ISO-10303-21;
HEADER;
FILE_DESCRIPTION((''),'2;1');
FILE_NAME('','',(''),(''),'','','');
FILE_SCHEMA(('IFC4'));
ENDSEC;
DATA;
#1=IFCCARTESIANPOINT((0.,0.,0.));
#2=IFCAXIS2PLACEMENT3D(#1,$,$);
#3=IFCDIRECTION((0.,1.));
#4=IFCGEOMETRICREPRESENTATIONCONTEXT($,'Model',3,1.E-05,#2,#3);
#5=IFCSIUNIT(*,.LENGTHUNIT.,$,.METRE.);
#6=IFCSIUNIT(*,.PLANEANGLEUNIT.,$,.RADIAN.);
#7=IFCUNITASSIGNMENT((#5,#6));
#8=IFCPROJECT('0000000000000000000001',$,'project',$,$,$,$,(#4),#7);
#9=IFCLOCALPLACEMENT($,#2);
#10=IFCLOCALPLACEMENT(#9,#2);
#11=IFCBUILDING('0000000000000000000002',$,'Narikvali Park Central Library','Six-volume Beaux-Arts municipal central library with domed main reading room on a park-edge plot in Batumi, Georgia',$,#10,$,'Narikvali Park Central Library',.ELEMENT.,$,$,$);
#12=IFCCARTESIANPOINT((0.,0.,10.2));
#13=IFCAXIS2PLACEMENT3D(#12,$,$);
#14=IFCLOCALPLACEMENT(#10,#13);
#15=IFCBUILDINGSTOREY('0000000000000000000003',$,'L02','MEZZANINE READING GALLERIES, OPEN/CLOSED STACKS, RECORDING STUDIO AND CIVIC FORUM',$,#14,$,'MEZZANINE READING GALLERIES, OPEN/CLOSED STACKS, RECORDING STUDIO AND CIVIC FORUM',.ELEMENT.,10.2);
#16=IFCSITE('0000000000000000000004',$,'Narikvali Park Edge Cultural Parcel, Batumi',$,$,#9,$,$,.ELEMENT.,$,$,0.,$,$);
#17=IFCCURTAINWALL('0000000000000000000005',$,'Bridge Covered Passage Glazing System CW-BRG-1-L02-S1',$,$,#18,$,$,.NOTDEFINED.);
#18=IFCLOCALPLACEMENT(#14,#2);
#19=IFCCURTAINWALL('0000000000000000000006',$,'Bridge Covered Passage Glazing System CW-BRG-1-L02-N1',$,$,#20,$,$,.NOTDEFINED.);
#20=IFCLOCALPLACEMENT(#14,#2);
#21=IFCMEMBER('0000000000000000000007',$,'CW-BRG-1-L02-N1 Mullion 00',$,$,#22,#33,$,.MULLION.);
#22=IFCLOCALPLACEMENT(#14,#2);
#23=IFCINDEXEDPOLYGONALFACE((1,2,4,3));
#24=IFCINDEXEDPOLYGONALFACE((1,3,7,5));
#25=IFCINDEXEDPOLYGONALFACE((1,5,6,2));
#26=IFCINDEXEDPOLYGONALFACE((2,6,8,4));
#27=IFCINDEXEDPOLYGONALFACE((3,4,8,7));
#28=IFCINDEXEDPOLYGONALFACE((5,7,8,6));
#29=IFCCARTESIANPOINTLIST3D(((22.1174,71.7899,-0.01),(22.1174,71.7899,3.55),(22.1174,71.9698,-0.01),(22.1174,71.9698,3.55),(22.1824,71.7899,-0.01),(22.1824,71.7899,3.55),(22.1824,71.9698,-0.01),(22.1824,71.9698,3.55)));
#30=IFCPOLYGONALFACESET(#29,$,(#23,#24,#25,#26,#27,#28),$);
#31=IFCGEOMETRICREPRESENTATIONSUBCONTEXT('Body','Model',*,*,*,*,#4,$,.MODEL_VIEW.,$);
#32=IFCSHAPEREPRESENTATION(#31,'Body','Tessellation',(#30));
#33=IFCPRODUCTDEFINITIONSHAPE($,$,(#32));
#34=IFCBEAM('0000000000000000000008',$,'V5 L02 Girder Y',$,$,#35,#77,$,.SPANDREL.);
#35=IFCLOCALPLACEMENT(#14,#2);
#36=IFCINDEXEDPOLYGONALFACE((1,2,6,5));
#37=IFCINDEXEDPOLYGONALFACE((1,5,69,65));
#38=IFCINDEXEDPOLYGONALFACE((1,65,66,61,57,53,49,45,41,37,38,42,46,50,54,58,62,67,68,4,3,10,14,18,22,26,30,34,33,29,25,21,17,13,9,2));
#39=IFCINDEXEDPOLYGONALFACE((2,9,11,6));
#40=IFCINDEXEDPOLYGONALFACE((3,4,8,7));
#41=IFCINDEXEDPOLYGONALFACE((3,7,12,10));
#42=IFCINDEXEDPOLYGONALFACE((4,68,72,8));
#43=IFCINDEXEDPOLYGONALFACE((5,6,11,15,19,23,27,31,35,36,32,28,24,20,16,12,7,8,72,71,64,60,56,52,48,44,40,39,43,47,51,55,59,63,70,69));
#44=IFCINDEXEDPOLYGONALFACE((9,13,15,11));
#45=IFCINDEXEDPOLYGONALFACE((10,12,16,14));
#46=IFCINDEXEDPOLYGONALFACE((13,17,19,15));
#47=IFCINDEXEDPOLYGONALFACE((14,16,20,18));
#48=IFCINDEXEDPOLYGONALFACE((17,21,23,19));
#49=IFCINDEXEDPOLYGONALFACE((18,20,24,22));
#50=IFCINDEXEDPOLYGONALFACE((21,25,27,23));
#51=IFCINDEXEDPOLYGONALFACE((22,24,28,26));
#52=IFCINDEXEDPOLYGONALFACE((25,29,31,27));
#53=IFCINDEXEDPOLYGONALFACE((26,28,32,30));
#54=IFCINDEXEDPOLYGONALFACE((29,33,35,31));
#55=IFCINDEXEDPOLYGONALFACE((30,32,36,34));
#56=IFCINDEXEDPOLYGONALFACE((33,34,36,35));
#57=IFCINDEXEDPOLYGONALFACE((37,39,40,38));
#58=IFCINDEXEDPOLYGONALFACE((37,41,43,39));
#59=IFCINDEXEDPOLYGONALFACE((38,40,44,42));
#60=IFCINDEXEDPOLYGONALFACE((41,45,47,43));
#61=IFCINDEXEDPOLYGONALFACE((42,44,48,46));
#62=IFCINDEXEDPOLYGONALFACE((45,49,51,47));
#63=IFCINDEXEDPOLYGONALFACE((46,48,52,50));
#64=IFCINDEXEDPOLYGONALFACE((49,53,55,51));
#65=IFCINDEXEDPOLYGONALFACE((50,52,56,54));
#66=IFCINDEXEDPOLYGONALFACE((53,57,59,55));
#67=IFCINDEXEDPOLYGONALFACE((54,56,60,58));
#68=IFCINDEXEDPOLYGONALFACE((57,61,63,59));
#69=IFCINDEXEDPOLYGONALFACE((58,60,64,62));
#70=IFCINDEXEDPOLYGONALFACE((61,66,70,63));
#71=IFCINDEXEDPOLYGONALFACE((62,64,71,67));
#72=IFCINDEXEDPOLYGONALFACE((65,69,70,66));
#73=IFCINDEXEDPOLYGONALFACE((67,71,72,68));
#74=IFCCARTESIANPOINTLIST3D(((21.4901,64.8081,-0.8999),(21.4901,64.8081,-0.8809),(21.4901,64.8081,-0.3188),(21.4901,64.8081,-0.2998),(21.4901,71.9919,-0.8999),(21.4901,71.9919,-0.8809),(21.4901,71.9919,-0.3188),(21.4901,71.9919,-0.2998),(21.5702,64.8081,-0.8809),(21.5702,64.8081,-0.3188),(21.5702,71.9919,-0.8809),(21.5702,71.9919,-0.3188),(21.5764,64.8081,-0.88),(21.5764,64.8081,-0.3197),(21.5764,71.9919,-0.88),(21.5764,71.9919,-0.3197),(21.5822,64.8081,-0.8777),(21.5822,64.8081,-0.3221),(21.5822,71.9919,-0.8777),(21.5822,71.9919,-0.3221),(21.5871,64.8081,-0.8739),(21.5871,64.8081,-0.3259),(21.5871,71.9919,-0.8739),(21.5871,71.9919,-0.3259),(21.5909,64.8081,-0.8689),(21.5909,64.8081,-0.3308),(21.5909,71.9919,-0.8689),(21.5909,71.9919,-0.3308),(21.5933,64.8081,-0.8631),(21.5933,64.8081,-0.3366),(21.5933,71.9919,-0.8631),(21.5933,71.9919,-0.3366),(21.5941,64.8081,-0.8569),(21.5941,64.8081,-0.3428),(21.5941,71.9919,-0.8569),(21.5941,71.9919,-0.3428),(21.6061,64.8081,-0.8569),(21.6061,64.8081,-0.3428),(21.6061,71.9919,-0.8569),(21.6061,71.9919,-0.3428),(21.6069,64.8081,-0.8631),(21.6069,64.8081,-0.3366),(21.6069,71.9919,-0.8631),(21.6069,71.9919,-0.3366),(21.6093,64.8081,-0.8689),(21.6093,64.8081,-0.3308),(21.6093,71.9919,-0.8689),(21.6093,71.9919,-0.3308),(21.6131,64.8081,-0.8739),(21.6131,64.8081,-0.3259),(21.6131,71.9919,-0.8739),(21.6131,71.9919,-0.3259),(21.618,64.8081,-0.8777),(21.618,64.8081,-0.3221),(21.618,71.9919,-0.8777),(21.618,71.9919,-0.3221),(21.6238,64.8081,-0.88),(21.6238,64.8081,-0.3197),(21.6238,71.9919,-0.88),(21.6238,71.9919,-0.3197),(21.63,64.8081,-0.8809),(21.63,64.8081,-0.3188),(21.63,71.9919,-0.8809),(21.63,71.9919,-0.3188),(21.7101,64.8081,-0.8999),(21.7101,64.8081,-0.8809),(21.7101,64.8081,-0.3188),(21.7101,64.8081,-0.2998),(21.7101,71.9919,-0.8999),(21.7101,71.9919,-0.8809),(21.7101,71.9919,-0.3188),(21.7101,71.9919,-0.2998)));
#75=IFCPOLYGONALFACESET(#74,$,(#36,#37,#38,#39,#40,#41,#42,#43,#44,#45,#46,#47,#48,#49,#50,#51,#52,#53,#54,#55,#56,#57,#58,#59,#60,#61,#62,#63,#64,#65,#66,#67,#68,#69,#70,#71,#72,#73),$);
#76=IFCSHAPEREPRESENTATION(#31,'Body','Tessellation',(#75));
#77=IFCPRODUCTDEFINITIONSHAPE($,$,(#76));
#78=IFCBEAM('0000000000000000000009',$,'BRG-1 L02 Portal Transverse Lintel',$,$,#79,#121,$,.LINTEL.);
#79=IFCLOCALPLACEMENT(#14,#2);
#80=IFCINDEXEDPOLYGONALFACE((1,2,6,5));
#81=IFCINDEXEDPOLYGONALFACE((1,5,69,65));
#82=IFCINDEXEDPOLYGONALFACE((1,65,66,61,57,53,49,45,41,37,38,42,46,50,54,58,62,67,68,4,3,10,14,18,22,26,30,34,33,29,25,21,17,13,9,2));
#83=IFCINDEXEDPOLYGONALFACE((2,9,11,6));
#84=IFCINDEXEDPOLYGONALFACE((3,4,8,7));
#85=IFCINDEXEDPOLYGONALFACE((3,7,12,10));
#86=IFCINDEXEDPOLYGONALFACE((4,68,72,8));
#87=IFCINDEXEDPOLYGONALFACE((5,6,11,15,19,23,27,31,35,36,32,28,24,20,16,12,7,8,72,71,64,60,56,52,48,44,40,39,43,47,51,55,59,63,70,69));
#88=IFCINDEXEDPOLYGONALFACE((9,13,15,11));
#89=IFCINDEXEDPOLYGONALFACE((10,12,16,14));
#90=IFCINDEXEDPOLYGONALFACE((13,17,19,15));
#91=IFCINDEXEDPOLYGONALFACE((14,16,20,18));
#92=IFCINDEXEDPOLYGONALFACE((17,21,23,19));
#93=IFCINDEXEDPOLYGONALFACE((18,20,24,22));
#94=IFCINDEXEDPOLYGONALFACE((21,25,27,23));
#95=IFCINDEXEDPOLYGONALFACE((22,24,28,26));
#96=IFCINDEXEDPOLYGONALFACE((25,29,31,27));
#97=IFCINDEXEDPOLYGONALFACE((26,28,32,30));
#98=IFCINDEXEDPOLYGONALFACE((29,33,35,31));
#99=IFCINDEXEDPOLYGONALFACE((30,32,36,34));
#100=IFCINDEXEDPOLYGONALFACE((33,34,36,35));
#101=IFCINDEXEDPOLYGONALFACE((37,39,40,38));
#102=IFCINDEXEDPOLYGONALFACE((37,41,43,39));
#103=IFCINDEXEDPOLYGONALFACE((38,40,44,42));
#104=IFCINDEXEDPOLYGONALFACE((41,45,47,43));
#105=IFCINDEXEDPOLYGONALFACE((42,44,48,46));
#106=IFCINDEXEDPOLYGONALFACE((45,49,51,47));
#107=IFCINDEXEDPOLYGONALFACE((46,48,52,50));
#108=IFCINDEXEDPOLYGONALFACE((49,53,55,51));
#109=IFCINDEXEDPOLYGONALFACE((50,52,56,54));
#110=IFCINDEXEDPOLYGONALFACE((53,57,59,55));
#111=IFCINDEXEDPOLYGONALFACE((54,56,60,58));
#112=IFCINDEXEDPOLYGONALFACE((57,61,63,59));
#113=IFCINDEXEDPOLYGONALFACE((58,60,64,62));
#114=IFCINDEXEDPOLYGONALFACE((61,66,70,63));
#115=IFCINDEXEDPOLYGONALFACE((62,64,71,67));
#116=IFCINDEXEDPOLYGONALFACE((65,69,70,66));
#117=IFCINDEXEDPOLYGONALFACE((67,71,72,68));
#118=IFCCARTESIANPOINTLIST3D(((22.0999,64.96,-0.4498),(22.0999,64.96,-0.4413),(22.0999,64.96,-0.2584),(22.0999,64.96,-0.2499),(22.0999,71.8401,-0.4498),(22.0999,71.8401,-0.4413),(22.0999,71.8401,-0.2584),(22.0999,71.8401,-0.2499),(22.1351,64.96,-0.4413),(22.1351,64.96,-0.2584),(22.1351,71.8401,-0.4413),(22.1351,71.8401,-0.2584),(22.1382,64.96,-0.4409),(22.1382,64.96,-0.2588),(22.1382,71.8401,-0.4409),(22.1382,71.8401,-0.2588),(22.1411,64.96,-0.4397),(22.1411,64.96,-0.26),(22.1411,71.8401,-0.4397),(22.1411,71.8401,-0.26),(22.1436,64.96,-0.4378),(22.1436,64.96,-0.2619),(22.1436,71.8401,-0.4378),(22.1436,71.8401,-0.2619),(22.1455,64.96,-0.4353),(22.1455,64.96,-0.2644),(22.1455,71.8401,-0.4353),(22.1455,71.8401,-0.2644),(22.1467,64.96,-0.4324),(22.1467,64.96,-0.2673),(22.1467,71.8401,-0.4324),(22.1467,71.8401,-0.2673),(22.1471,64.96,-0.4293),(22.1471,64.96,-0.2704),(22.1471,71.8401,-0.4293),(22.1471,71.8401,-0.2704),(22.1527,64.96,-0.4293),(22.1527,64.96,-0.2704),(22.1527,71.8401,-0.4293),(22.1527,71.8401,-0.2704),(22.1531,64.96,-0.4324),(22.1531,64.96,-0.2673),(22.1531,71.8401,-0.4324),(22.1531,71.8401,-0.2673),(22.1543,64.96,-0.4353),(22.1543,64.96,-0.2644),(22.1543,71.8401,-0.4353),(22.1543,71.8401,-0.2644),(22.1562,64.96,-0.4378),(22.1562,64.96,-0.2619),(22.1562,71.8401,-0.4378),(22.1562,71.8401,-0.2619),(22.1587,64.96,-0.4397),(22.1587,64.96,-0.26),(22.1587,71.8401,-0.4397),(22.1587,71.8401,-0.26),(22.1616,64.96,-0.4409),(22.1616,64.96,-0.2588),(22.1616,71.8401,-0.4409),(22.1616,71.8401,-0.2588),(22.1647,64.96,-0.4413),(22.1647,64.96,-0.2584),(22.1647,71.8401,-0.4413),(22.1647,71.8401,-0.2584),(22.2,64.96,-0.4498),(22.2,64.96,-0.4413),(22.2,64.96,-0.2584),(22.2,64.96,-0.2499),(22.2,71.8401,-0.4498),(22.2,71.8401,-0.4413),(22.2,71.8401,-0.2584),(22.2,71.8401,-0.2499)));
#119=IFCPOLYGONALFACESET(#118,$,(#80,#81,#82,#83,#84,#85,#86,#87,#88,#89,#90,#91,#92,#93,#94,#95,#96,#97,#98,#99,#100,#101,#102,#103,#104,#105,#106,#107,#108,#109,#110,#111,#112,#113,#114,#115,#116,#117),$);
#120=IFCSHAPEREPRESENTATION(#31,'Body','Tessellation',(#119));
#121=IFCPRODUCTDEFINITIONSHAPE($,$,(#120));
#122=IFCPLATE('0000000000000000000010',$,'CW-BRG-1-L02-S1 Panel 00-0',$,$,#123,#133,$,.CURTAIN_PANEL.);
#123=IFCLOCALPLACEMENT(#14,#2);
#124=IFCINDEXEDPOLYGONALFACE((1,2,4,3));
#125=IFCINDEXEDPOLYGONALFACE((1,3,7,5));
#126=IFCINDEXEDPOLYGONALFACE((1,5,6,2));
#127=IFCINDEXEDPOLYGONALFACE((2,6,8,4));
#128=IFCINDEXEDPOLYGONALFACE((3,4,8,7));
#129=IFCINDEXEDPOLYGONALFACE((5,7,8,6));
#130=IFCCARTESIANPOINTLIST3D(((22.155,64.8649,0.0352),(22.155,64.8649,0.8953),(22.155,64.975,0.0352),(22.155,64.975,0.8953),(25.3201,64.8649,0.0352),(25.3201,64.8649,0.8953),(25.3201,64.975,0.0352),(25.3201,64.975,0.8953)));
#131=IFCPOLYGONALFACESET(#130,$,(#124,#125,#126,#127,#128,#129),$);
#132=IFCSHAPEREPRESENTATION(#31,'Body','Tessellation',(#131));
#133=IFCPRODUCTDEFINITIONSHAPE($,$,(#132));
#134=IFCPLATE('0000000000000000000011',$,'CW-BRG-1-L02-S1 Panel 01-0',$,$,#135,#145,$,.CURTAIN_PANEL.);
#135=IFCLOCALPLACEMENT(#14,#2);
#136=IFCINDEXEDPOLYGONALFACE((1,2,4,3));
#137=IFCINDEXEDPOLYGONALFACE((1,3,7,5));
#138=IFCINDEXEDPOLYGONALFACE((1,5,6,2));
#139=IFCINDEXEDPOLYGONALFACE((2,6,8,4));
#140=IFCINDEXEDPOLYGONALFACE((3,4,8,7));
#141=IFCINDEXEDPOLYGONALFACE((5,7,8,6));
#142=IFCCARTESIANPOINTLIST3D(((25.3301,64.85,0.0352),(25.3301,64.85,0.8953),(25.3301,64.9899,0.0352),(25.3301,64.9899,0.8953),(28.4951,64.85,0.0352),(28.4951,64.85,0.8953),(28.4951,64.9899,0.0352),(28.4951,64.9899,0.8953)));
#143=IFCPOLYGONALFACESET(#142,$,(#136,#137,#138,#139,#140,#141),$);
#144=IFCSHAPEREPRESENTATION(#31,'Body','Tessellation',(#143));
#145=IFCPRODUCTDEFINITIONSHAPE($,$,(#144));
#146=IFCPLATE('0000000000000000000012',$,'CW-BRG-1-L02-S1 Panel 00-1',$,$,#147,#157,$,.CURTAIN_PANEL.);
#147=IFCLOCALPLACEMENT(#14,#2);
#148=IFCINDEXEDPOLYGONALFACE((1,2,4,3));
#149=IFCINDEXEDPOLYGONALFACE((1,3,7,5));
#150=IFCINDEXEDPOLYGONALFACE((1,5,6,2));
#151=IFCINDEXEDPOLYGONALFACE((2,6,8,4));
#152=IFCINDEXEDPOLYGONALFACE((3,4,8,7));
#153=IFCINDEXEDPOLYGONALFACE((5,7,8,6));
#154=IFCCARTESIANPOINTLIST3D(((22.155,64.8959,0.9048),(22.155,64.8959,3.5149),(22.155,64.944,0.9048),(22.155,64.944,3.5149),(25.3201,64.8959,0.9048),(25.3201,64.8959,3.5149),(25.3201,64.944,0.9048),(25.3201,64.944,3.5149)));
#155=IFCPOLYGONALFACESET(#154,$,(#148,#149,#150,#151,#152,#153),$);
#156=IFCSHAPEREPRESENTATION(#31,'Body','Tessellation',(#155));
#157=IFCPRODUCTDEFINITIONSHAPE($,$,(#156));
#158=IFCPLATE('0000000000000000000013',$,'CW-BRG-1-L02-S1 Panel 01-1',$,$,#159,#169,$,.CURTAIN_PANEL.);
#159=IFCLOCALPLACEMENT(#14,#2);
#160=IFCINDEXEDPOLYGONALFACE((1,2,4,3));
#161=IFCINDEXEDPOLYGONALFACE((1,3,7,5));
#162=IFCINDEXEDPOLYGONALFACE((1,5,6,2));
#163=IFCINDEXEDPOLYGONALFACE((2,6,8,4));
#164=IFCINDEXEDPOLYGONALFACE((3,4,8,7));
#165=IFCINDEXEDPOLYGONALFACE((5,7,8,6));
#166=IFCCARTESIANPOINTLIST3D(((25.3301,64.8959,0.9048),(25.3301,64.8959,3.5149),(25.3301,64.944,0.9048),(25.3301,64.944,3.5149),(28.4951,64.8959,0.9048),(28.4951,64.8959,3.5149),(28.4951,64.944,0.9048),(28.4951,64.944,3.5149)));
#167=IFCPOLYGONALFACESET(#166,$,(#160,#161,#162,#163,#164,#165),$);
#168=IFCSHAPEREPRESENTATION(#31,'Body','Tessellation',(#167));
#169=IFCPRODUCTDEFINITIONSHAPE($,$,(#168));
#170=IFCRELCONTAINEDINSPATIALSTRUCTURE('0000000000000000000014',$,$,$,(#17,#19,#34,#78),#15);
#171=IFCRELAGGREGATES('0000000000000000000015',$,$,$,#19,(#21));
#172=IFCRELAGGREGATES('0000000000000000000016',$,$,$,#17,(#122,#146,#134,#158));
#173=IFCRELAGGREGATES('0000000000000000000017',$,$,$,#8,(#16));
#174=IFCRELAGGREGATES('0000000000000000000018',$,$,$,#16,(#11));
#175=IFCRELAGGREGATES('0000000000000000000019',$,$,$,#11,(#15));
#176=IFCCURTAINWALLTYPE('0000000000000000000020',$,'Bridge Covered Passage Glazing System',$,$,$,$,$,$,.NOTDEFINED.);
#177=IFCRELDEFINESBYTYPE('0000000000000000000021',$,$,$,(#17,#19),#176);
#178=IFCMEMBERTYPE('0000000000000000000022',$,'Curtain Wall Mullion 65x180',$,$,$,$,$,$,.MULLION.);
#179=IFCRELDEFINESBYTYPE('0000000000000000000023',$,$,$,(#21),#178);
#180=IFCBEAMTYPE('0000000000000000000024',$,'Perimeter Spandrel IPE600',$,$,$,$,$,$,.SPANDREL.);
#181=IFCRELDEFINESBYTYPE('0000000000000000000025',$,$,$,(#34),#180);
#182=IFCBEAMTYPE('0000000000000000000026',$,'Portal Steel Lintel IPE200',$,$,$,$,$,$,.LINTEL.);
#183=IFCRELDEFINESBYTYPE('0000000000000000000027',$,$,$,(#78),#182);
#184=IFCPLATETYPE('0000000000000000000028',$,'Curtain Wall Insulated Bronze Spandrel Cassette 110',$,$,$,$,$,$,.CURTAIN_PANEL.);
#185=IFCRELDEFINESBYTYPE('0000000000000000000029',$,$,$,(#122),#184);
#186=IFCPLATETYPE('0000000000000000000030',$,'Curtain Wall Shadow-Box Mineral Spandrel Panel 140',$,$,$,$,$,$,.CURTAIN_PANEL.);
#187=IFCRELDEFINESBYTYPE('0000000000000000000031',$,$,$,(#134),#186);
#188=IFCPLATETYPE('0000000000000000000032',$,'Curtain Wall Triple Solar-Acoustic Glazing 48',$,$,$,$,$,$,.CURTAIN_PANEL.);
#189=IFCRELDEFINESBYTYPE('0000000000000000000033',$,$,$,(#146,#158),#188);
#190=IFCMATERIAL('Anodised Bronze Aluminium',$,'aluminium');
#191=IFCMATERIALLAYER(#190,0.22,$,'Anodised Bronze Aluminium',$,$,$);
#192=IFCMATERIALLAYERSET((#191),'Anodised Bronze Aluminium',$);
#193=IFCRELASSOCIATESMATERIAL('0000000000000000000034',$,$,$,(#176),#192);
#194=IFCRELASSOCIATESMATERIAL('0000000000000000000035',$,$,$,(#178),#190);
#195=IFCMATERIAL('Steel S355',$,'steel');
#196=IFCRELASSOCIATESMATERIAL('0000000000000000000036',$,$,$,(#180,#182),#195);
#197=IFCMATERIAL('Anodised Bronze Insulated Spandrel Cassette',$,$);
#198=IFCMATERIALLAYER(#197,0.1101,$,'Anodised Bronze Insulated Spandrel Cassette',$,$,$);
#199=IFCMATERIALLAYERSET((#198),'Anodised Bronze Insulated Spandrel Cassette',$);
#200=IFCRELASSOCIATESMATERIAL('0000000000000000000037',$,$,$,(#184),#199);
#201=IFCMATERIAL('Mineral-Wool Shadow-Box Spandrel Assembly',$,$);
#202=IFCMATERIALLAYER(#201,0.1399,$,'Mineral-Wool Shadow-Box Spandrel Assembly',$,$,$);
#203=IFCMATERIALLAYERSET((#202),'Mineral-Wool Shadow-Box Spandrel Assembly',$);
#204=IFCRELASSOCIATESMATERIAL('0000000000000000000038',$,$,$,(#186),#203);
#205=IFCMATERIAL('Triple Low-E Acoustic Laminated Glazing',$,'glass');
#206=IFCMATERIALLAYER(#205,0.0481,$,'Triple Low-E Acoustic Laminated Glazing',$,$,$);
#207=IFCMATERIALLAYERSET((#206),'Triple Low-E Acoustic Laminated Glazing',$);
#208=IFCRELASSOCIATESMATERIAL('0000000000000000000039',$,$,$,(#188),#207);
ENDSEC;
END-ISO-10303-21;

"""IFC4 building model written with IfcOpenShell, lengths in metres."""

from ifc_helpers import new_model, si_unit, direction, frame, origin, origin_2d, place, context, subcontext, project, spatial, rectangle, i_section, extrude, material, layer, layer_set, material_profile, profile_set, type_object, element, aggregate, save


model = new_model("IFC4")

# Units and contexts
model_context = context("Model", 3, precision=1e-05, world=origin(), true_north=direction((0.0, 1.0)))
body_context = subcontext(model_context, "Body", "Model", "MODEL_VIEW")
ifc_project = project(units=[si_unit("LENGTHUNIT", "METRE"), si_unit("PLANEANGLEUNIT", "RADIAN")], contexts=[model_context])

# Site, building, storey
site_placement = place(None, origin())
site = spatial("IfcSite", under=ifc_project, at=site_placement, Name="Narikvali Park Edge Cultural Parcel, Batumi", CompositionType="ELEMENT", RefElevation=0.0)
building_placement = place(site_placement, origin())
building = spatial("IfcBuilding", under=site, at=building_placement, Name="Narikvali Park Central Library", Description="Six-volume Beaux-Arts municipal central library with domed main reading room on a park-edge plot in Batumi, Georgia", LongName="Narikvali Park Central Library", CompositionType="ELEMENT")
storey_placement = place(building_placement, frame((0.0, 0.0, 10.2)))
storey = spatial("IfcBuildingStorey", under=building, at=storey_placement, Name="L02", Description="MEZZANINE READING GALLERIES, OPEN/CLOSED STACKS, RECORDING STUDIO AND CIVIC FORUM", LongName="MEZZANINE READING GALLERIES, OPEN/CLOSED STACKS, RECORDING STUDIO AND CIVIC FORUM", CompositionType="ELEMENT", Elevation=10.2)

# Shared definitions
ifc_material_1 = material(Name="Steel S355", Category="steel")

# Curtain wall
ifc_material_2 = material(Name="Anodised Bronze Aluminium", Category="aluminium")
ifc_layer_1 = layer(ifc_material_2, 0.22, Name="Anodised Bronze Aluminium")
ifc_layer_set_1 = layer_set([ifc_layer_1], Name="Anodised Bronze Aluminium")
curtain_wall_type = type_object("IfcCurtainWallType", Name="Bridge Covered Passage Glazing System", PredefinedType="NOTDEFINED", material=ifc_layer_set_1)
curtain_wall_1_placement = place(storey_placement, origin())
curtain_wall_1 = element("IfcCurtainWall", 1, at=curtain_wall_1_placement, inside=storey, type_object=curtain_wall_type, Name="Bridge Covered Passage Glazing System CW-BRG-1-L02-S1", PredefinedType="NOTDEFINED")

# Curtain wall
curtain_wall_2_placement = place(storey_placement, origin())
curtain_wall_2 = element("IfcCurtainWall", 2, at=curtain_wall_2_placement, inside=storey, type_object=curtain_wall_type, Name="Bridge Covered Passage Glazing System CW-BRG-1-L02-N1", PredefinedType="NOTDEFINED")

# Member
ifc_material_profile_1 = material_profile(ifc_material_2, rectangle(XDim=0.0649, YDim=0.1799, at=origin_2d()), Name="CW MULLION 65x180")
ifc_profile_set_1 = profile_set([ifc_material_profile_1], Name="Anodised Bronze Aluminium")
member_type_1 = type_object("IfcMemberType", Name="Curtain Wall Mullion 65x180", PredefinedType="MULLION", material=ifc_profile_set_1)
member_1_placement = place(storey_placement, frame((22.1499, 71.8799, -0.01), z_axis=(0.0, 0.0, 1.0), x_axis=(1.0, 0.0, 0.0)))
member_1 = element("IfcMember", 3, at=member_1_placement, type_object=member_type_1, Name="CW-BRG-1-L02-N1 Mullion 00", PredefinedType="MULLION", context=body_context, shape_type="SweptSolid", body=[
    extrude(rectangle(XDim=0.0649, YDim=0.1799, at=origin_2d()), origin(), (0.0, 0.0, 1.0), 3.5601),
])
aggregate(curtain_wall_2, [member_1])

# Beams
ifc_material_profile_2 = material_profile(ifc_material_1, i_section(OverallWidth=0.22, OverallDepth=0.6001, WebThickness=0.012, FlangeThickness=0.019, FilletRadius=0.0239, at=origin_2d()), Name="IPE 600")
ifc_profile_set_2 = profile_set([ifc_material_profile_2], Name="Steel S355")
beam_type_1 = type_object("IfcBeamType", Name="Perimeter Spandrel IPE600", PredefinedType="SPANDREL", material=ifc_profile_set_2)
beam_1_placement = place(storey_placement, frame((21.6001, 64.8081, -0.5999), z_axis=(0.0, 1.0, 0.0), x_axis=(-1.0, 0.0, 0.0)))
element("IfcBeam", 4, at=beam_1_placement, inside=storey, type_object=beam_type_1, Name="V5 L02 Girder Y", PredefinedType="SPANDREL", context=body_context, shape_type="SweptSolid", body=[
    extrude(i_section(OverallWidth=0.22, OverallDepth=0.6001, WebThickness=0.012, FlangeThickness=0.019, FilletRadius=0.0239, at=origin_2d()), origin(), (0.0, 0.0, 1.0), 7.1838),
])
ifc_material_profile_3 = material_profile(ifc_material_1, i_section(OverallWidth=0.1001, OverallDepth=0.2, WebThickness=0.0056, FlangeThickness=0.0085, FilletRadius=0.012, at=origin_2d()), Name="IPE 200")
ifc_profile_set_3 = profile_set([ifc_material_profile_3], Name="Steel S355")
beam_type_2 = type_object("IfcBeamType", Name="Portal Steel Lintel IPE200", PredefinedType="LINTEL", material=ifc_profile_set_3)
beam_2_placement = place(storey_placement, frame((22.1499, 64.96, -0.3499), z_axis=(0.0, 1.0, 0.0), x_axis=(-1.0, 0.0, 0.0)))
element("IfcBeam", 5, at=beam_2_placement, inside=storey, type_object=beam_type_2, Name="BRG-1 L02 Portal Transverse Lintel", PredefinedType="LINTEL", context=body_context, shape_type="SweptSolid", body=[
    extrude(i_section(OverallWidth=0.1001, OverallDepth=0.2, WebThickness=0.0056, FlangeThickness=0.0085, FilletRadius=0.012, at=origin_2d()), origin(), (0.0, 0.0, 1.0), 6.8801),
])

# Plates
ifc_material_3 = material(Name="Anodised Bronze Insulated Spandrel Cassette")
ifc_layer_2 = layer(ifc_material_3, 0.1101, Name="Anodised Bronze Insulated Spandrel Cassette")
ifc_layer_set_2 = layer_set([ifc_layer_2], Name="Anodised Bronze Insulated Spandrel Cassette")
plate_type_1 = type_object("IfcPlateType", Name="Curtain Wall Insulated Bronze Spandrel Cassette 110", PredefinedType="CURTAIN_PANEL", material=ifc_layer_set_2)
plate_1_placement = place(storey_placement, frame((23.7375, 64.9199, 0.0352), z_axis=(0.0, 0.0, 1.0), x_axis=(1.0, 0.0, 0.0)))
plate_1 = element("IfcPlate", 6, at=plate_1_placement, type_object=plate_type_1, Name="CW-BRG-1-L02-S1 Panel 00-0", PredefinedType="CURTAIN_PANEL", context=body_context, shape_type="SweptSolid", body=[
    extrude(rectangle(XDim=3.165, YDim=0.1101, at=origin_2d()), origin(), (0.0, 0.0, 1.0), 0.8601),
])
ifc_material_4 = material(Name="Mineral-Wool Shadow-Box Spandrel Assembly")
ifc_layer_3 = layer(ifc_material_4, 0.1399, Name="Mineral-Wool Shadow-Box Spandrel Assembly")
ifc_layer_set_3 = layer_set([ifc_layer_3], Name="Mineral-Wool Shadow-Box Spandrel Assembly")
plate_type_2 = type_object("IfcPlateType", Name="Curtain Wall Shadow-Box Mineral Spandrel Panel 140", PredefinedType="CURTAIN_PANEL", material=ifc_layer_set_3)
plate_2_placement = place(storey_placement, frame((26.9126, 64.9199, 0.0352), z_axis=(0.0, 0.0, 1.0), x_axis=(1.0, 0.0, 0.0)))
plate_2 = element("IfcPlate", 7, at=plate_2_placement, type_object=plate_type_2, Name="CW-BRG-1-L02-S1 Panel 01-0", PredefinedType="CURTAIN_PANEL", context=body_context, shape_type="SweptSolid", body=[
    extrude(rectangle(XDim=3.165, YDim=0.1399, at=origin_2d()), origin(), (0.0, 0.0, 1.0), 0.8601),
])
ifc_material_5 = material(Name="Triple Low-E Acoustic Laminated Glazing", Category="glass")
ifc_layer_4 = layer(ifc_material_5, 0.0481, Name="Triple Low-E Acoustic Laminated Glazing")
ifc_layer_set_4 = layer_set([ifc_layer_4], Name="Triple Low-E Acoustic Laminated Glazing")
plate_type_3 = type_object("IfcPlateType", Name="Curtain Wall Triple Solar-Acoustic Glazing 48", PredefinedType="CURTAIN_PANEL", material=ifc_layer_set_4)
plate_3_placement = place(storey_placement, frame((23.7375, 64.9199, 0.9048), z_axis=(0.0, 0.0, 1.0), x_axis=(1.0, 0.0, 0.0)))
plate_3 = element("IfcPlate", 8, at=plate_3_placement, type_object=plate_type_3, Name="CW-BRG-1-L02-S1 Panel 00-1", PredefinedType="CURTAIN_PANEL", context=body_context, shape_type="SweptSolid", body=[
    extrude(rectangle(XDim=3.165, YDim=0.0481, at=origin_2d()), origin(), (0.0, 0.0, 1.0), 2.6101),
])
plate_4_placement = place(storey_placement, frame((26.9126, 64.9199, 0.9048), z_axis=(0.0, 0.0, 1.0), x_axis=(1.0, 0.0, 0.0)))
plate_4 = element("IfcPlate", 9, at=plate_4_placement, type_object=plate_type_3, Name="CW-BRG-1-L02-S1 Panel 01-1", PredefinedType="CURTAIN_PANEL", context=body_context, shape_type="SweptSolid", body=[
    extrude(rectangle(XDim=3.165, YDim=0.0481, at=origin_2d()), origin(), (0.0, 0.0, 1.0), 2.6101),
])
aggregate(curtain_wall_1, [plate_1, plate_3, plate_2, plate_4])

save(model, "model.ifc")
